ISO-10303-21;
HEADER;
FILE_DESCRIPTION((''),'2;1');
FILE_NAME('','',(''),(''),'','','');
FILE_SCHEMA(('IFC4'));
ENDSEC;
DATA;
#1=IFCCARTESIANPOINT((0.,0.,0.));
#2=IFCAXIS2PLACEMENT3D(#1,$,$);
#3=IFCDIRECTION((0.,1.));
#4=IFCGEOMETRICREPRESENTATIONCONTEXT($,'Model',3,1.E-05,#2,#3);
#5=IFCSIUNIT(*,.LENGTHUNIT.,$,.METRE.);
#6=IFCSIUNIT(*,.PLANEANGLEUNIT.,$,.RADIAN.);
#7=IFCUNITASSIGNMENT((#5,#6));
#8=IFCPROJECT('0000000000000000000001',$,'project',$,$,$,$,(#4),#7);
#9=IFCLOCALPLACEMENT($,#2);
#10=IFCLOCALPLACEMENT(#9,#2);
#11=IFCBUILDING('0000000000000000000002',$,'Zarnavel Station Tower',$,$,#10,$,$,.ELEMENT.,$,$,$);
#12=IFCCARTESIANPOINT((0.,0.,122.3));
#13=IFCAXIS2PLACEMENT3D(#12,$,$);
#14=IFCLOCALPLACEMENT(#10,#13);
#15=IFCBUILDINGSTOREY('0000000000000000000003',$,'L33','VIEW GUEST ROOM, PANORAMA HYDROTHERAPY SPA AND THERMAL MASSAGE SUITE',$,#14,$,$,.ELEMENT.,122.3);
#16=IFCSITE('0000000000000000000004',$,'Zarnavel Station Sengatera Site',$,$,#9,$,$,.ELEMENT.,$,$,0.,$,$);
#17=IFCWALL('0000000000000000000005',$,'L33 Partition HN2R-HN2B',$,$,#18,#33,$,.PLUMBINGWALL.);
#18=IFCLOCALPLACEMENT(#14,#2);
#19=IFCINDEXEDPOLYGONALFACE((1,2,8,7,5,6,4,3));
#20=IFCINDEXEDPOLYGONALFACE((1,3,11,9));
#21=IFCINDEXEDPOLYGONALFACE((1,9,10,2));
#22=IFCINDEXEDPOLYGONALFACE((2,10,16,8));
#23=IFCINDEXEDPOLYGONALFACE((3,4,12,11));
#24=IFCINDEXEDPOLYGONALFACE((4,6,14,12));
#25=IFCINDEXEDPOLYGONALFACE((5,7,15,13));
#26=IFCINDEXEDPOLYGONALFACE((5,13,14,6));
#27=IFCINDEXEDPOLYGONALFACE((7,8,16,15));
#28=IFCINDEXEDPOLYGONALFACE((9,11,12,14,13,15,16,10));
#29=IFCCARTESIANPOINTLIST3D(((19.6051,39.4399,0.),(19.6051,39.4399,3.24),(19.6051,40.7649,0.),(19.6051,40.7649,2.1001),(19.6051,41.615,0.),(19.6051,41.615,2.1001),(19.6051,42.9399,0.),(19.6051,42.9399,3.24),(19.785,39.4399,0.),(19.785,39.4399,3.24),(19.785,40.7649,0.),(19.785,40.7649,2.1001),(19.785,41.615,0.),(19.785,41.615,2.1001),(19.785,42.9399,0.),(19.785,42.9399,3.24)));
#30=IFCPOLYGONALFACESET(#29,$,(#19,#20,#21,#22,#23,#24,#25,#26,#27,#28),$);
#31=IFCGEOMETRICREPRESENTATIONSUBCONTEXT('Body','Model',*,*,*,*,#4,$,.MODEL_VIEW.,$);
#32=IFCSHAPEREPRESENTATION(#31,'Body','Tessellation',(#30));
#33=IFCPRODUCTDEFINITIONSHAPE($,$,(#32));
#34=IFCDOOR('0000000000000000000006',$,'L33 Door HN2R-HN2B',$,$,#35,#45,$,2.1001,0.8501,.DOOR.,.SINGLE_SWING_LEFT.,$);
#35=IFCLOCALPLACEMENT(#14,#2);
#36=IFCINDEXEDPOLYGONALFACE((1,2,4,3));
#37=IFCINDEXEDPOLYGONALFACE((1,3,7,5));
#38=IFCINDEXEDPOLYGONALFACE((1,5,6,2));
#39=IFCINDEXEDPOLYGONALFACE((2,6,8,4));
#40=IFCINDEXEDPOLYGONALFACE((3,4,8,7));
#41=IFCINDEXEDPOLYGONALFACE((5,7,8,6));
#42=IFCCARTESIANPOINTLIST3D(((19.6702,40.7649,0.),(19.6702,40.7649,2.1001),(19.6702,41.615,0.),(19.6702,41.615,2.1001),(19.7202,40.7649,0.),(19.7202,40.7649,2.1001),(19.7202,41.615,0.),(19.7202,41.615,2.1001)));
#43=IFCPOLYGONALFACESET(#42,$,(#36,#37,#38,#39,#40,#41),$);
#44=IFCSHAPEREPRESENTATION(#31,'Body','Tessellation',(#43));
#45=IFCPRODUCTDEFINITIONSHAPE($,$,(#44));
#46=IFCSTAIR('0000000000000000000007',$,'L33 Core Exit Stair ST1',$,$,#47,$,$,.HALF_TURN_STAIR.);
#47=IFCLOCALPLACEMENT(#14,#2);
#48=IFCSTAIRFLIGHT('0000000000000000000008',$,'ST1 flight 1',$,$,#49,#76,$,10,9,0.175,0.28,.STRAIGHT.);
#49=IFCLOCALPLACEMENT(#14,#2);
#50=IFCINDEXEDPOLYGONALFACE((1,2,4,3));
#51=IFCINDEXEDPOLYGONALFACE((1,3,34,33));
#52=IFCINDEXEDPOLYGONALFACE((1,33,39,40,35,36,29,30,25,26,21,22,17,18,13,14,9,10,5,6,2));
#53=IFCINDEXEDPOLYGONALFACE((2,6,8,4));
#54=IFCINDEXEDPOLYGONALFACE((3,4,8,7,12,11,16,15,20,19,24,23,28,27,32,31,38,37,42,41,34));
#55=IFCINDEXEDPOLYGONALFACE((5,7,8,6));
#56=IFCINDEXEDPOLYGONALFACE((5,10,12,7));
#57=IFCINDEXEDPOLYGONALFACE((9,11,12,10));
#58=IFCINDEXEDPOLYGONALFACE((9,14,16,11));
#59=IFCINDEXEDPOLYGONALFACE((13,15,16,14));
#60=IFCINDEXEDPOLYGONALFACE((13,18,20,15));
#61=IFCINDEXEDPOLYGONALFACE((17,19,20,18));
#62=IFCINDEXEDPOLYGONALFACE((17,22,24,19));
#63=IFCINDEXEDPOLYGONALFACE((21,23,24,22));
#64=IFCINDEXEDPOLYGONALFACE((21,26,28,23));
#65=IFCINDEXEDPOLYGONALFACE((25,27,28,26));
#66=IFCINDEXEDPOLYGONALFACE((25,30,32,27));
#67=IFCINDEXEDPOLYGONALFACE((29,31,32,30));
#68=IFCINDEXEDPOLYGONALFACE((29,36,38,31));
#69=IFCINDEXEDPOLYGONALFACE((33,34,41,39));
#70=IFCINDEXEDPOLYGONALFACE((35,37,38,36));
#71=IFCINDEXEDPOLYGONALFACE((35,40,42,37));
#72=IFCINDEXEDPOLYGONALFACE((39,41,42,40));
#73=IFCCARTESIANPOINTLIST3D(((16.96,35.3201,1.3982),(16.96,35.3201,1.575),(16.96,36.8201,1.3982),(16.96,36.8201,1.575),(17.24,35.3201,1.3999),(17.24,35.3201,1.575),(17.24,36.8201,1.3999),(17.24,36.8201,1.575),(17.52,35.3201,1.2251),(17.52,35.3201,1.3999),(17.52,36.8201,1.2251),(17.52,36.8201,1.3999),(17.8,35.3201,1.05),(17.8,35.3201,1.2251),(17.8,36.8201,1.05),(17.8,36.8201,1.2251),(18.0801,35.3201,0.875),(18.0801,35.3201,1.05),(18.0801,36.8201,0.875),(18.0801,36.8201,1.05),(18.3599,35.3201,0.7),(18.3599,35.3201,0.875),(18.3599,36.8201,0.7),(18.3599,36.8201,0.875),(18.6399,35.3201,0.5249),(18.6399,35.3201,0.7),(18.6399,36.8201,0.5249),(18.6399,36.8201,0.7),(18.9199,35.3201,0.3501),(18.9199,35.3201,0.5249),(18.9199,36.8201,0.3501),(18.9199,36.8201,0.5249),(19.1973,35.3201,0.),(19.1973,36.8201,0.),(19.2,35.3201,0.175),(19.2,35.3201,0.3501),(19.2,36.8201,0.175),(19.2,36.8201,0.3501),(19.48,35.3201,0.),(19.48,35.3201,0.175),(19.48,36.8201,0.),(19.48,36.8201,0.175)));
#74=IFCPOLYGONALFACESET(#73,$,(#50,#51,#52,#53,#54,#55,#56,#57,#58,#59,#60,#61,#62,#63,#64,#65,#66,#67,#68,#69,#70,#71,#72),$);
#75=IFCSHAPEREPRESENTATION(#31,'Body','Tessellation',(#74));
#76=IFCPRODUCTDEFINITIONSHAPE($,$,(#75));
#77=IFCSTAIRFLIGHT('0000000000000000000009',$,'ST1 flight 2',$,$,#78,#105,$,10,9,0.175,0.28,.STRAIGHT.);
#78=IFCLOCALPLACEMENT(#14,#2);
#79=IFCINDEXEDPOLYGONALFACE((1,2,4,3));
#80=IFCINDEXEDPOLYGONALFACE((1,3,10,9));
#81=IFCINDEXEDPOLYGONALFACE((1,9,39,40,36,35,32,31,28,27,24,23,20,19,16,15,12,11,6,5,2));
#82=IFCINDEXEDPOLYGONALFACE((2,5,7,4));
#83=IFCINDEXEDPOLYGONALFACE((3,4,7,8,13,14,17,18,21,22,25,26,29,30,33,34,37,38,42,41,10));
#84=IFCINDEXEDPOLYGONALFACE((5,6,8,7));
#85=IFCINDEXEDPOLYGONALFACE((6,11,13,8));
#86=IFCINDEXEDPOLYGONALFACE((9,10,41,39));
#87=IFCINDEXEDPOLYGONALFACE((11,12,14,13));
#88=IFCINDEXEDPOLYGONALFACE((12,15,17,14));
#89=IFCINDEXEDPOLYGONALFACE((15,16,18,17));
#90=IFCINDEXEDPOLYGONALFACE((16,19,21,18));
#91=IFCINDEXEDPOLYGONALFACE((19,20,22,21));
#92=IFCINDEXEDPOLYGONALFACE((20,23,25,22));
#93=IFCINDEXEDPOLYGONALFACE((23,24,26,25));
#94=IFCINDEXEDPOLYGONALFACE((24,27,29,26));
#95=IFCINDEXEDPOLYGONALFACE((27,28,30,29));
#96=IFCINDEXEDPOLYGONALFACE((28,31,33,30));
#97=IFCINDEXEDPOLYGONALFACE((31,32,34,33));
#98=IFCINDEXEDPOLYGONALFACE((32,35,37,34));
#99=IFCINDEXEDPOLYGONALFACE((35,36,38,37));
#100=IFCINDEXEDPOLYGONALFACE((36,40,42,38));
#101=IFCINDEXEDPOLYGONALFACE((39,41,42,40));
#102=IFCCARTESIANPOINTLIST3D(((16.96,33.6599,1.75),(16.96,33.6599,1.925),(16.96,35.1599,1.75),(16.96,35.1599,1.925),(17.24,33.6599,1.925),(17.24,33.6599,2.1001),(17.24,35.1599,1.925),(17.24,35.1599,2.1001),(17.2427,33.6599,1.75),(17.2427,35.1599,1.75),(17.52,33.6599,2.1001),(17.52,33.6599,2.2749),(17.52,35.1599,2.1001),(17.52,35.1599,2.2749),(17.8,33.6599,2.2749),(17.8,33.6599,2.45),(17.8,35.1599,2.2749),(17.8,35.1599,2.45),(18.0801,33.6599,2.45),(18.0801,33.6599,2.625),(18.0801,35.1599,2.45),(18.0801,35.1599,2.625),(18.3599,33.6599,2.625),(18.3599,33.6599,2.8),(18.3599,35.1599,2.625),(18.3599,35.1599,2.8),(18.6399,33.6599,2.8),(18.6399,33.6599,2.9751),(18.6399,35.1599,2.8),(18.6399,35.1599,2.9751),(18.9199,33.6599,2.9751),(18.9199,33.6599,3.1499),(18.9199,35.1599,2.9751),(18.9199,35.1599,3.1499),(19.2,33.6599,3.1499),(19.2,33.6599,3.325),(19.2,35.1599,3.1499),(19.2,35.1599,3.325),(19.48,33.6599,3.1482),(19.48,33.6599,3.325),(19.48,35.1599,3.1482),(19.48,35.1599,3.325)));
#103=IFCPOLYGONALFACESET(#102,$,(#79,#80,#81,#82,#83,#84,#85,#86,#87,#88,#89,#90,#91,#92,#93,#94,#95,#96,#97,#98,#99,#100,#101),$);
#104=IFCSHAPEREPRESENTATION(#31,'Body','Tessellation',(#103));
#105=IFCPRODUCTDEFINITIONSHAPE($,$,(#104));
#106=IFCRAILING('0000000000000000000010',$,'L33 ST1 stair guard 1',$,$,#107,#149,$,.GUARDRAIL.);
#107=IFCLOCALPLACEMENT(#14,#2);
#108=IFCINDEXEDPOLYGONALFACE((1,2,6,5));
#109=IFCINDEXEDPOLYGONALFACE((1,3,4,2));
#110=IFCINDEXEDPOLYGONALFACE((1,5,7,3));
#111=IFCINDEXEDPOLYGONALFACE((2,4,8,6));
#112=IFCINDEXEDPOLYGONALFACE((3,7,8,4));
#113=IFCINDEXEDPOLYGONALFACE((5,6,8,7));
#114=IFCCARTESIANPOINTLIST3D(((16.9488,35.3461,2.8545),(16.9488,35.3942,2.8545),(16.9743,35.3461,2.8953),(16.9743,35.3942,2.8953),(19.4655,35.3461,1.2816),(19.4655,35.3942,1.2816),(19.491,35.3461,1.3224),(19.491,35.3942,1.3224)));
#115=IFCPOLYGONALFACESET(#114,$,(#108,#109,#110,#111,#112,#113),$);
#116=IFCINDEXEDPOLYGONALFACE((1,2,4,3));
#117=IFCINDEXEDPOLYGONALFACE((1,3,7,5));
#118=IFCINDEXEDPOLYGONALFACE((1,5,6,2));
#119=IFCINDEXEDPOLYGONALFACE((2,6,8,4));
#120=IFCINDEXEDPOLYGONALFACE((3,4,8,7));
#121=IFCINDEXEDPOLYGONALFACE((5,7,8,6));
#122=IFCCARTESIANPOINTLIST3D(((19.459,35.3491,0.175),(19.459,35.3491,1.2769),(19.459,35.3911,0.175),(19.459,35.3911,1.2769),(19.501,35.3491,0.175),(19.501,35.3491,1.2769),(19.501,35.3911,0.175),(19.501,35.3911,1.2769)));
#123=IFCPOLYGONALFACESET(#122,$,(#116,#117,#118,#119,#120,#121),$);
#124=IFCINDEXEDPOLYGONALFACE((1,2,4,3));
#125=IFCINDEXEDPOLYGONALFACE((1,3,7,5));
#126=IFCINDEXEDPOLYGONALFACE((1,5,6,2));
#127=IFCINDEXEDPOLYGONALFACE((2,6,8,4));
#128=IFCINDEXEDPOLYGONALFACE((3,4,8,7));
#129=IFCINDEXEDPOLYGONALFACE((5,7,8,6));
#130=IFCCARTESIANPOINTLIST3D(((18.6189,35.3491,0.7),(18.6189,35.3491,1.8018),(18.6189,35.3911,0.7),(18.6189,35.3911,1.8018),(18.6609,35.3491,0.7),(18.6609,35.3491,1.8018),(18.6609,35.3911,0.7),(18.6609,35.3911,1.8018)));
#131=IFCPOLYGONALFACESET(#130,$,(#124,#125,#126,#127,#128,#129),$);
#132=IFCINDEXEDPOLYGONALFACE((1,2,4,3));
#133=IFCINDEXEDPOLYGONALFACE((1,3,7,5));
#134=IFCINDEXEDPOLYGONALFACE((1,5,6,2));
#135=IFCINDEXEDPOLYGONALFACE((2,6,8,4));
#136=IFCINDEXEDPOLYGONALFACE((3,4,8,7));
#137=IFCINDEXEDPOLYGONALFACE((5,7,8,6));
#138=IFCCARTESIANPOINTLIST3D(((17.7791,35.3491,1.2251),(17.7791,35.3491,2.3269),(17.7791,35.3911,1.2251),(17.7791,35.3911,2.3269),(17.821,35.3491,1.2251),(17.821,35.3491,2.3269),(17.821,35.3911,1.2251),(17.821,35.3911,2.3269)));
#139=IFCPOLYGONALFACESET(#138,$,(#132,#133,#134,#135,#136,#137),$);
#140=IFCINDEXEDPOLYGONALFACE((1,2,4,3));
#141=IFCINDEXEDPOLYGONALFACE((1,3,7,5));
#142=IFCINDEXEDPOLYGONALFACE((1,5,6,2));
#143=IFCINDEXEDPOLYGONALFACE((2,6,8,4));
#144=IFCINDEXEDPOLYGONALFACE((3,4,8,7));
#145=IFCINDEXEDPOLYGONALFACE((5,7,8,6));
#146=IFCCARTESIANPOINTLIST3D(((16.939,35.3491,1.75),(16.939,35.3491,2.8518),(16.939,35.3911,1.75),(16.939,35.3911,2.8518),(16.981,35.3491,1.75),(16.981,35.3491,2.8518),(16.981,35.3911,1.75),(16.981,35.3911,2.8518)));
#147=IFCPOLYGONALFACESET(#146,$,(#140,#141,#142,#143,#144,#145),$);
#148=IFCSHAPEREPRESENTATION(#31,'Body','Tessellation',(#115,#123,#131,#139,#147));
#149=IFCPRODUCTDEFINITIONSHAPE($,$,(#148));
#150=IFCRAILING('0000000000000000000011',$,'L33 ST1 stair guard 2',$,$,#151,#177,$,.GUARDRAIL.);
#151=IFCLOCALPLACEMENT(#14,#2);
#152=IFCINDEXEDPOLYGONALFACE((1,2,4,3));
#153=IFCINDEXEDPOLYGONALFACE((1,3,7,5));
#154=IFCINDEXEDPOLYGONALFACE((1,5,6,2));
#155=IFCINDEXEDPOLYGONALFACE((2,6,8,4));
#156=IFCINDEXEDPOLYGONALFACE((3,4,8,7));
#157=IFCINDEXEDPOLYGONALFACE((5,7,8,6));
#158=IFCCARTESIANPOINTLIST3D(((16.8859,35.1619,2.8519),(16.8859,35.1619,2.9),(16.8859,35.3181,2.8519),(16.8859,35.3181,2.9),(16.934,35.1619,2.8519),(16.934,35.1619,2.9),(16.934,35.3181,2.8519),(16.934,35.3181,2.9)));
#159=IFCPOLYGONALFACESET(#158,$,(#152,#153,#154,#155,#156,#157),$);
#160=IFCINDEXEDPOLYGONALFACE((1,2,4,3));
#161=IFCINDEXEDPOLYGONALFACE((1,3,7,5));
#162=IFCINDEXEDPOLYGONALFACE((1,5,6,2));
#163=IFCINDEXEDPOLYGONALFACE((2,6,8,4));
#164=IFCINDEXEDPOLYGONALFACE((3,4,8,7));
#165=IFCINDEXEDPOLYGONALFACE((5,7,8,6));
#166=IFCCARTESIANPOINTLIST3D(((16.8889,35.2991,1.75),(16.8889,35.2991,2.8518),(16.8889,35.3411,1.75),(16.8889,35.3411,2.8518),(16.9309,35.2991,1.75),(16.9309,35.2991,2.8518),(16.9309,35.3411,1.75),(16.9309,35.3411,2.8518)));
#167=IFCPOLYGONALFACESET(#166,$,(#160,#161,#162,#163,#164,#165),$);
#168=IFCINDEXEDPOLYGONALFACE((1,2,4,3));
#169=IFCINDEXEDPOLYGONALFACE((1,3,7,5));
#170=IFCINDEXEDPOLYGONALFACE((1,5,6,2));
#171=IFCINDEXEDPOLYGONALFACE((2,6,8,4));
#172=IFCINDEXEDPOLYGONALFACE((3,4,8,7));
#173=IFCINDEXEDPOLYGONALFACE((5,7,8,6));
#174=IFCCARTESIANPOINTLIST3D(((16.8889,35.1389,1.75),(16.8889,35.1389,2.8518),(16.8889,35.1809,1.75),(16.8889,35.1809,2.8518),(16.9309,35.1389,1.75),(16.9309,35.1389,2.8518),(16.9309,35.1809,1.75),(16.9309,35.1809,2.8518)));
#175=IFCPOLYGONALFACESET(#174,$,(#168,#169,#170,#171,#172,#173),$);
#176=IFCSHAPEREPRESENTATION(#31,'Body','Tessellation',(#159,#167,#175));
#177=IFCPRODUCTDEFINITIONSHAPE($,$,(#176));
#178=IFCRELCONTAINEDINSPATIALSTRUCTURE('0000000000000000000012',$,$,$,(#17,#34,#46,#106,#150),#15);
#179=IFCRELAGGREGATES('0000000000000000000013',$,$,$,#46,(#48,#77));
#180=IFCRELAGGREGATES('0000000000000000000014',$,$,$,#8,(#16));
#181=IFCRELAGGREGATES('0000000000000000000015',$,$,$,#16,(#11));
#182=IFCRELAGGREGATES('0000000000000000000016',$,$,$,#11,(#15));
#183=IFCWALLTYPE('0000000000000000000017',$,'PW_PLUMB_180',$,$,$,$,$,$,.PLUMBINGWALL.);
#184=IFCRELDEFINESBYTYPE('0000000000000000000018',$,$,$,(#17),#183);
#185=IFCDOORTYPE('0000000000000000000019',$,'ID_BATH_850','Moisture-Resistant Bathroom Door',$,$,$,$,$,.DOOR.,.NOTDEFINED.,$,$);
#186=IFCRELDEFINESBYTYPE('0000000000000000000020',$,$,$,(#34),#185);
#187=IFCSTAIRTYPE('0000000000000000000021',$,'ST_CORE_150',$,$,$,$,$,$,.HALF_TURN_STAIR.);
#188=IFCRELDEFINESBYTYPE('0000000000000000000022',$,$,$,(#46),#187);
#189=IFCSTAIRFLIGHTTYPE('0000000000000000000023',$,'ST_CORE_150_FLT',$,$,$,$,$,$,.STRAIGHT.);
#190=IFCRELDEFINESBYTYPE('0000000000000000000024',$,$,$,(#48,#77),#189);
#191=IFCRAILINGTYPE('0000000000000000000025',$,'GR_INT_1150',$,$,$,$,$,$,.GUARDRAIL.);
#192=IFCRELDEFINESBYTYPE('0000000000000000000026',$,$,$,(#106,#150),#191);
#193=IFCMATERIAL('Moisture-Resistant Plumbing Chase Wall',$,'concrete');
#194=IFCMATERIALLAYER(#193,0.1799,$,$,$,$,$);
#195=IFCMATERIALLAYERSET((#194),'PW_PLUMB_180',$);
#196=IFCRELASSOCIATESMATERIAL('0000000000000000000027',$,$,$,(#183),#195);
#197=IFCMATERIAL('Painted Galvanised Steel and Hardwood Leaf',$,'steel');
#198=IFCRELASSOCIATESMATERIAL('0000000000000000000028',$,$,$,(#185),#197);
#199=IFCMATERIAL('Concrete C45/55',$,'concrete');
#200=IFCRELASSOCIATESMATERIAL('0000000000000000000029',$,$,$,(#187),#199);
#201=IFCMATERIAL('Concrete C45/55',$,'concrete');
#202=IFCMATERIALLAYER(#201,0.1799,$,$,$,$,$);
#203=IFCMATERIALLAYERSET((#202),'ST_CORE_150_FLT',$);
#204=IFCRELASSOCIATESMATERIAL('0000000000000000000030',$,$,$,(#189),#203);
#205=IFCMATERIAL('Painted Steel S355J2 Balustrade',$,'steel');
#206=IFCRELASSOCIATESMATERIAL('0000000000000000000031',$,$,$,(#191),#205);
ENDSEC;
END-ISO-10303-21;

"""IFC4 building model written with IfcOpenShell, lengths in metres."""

from ifc_helpers import new_model, si_unit, direction, frame, frame_2d, origin, origin_2d, place, context, subcontext, project, spatial, polyline, rectangle, outline, extrude, material, layer, layer_set, type_object, element, fill, aggregate, save


model = new_model("IFC4")

# Units and contexts
model_context = context("Model", 3, precision=1e-05, world=origin(), true_north=direction((0.0, 1.0)))
body_context = subcontext(model_context, "Body", "Model", "MODEL_VIEW")
ifc_project = project(units=[si_unit("LENGTHUNIT", "METRE"), si_unit("PLANEANGLEUNIT", "RADIAN")], contexts=[model_context])

# Site, building, storey
site_placement = place(None, origin())
site = spatial("IfcSite", under=ifc_project, at=site_placement, Name="Zarnavel Station Sengatera Site", CompositionType="ELEMENT", RefElevation=0.0)
building_placement = place(site_placement, origin())
building = spatial("IfcBuilding", under=site, at=building_placement, Name="Zarnavel Station Tower", CompositionType="ELEMENT")
storey_placement = place(building_placement, frame((0.0, 0.0, 122.3)))
storey = spatial("IfcBuildingStorey", under=building, at=storey_placement, Name="L33", Description="VIEW GUEST ROOM, PANORAMA HYDROTHERAPY SPA AND THERMAL MASSAGE SUITE", CompositionType="ELEMENT", Elevation=122.3)

# Shared definitions
ifc_material_1 = material(Name="Moisture-Resistant Plumbing Chase Wall", Category="concrete")
ifc_layer_1 = layer(ifc_material_1, 0.1799)
ifc_layer_set_1 = layer_set([ifc_layer_1], Name="PW_PLUMB_180")
wall_type_1 = type_object("IfcWallType", Name="PW_PLUMB_180", PredefinedType="PLUMBINGWALL", material=ifc_layer_set_1)

# Shared definitions
ifc_material_2 = material(Name="Painted Galvanised Steel and Hardwood Leaf", Category="steel")
door_type_1 = type_object("IfcDoorType", Name="ID_BATH_850", Description="Moisture-Resistant Bathroom Door", OperationType="NOTDEFINED", PredefinedType="DOOR", material=ifc_material_2)

# Wall, opening, door
wall_1_placement = place(storey_placement, frame((19.6951, 39.4399, 0.0), z_axis=(0.0, 0.0, 1.0), x_axis=(0.0, 1.0, 0.0)))
wall_1 = element("IfcWall", 1, at=wall_1_placement, inside=storey, type_object=wall_type_1, Name="L33 Partition HN2R-HN2B", PredefinedType="PLUMBINGWALL", context=body_context, shape_type="SweptSolid", body=[
    extrude(rectangle(XDim=3.5, YDim=0.1799, at=frame_2d((1.75, 0.0))), origin(), (0.0, 0.0, 1.0), 3.24),
])
opening_1_placement = place(wall_1_placement, frame((1.325, 0.0, 0.0)))
opening_1 = element("IfcOpeningElement", 2, at=opening_1_placement, cuts=wall_1, PredefinedType="OPENING", context=body_context, shape_type="SweptSolid", body=[
    extrude(rectangle(XDim=0.8501, YDim=2.1001, at=frame_2d((0.425, 1.05))), frame((0.0, 0.0999, 0.0), z_axis=(0.0, -1.0, 0.0), x_axis=(1.0, 0.0, 0.0)), (0.0, 0.0, 1.0), 0.2),
])
door_1_placement = place(opening_1_placement, origin())
door_1 = element("IfcDoor", 3, at=door_1_placement, inside=storey, type_object=door_type_1, Name="L33 Door HN2R-HN2B", OperationType="SINGLE_SWING_LEFT", OverallHeight=2.1001, OverallWidth=0.8501, PredefinedType="DOOR", context=body_context, shape_type="SweptSolid", body=[
    extrude(rectangle(XDim=0.8501, YDim=2.1001, at=frame_2d((0.425, 1.05))), frame((0.0, 0.0249, 0.0), z_axis=(0.0, -1.0, 0.0), x_axis=(1.0, 0.0, 0.0)), (0.0, 0.0, 1.0), 0.05),
])
fill(opening_1, door_1)

# Stair, stair flights
ifc_material_3 = material(Name="Concrete C45/55", Category="concrete")
stair_type = type_object("IfcStairType", Name="ST_CORE_150", PredefinedType="HALF_TURN_STAIR", material=ifc_material_3)
stair_placement = place(storey_placement, origin())
stair = element("IfcStair", 4, at=stair_placement, inside=storey, type_object=stair_type, Name="L33 Core Exit Stair ST1", PredefinedType="HALF_TURN_STAIR")
ifc_material_4 = material(Name="Concrete C45/55", Category="concrete")
ifc_layer_2 = layer(ifc_material_4, 0.1799)
ifc_layer_set_2 = layer_set([ifc_layer_2], Name="ST_CORE_150_FLT")
stair_flight_type = type_object("IfcStairFlightType", Name="ST_CORE_150_FLT", PredefinedType="STRAIGHT", material=ifc_layer_set_2)
stair_flight_1_placement = place(storey_placement, frame((19.48, 36.0701, 0.0), z_axis=(0.0, 0.0, 1.0), x_axis=(-1.0, 0.0, 0.0)))
stair_flight_1 = element("IfcStairFlight", 5, at=stair_flight_1_placement, type_object=stair_flight_type, Name="ST1 flight 1", NumberOfRisers=10, NumberOfTreads=9, PredefinedType="STRAIGHT", RiserHeight=0.175, TreadLength=0.28, context=body_context, shape_type="SweptSolid", body=[
    extrude(outline(polyline([(0.0, 0.0), (0.0, 0.175), (0.28, 0.175), (0.28, 0.3501), (0.5601, 0.3501), (0.5601, 0.5249), (0.8401, 0.5249), (0.8401, 0.7), (1.1201, 0.7), (1.1201, 0.875), (1.3999, 0.875), (1.3999, 1.05), (1.6799, 1.05), (1.6799, 1.2251), (1.96, 1.2251), (1.96, 1.3999), (2.24, 1.3999), (2.24, 1.575), (2.52, 1.575), (2.52, 1.75), (2.52, 1.3982), (0.2827, 0.0), (0.0, 0.0)])), frame((0.0, 0.75, 0.0), z_axis=(0.0, -1.0, 0.0), x_axis=(1.0, 0.0, 0.0)), (0.0, 0.0, 1.0), 1.5),
])
stair_flight_2_placement = place(storey_placement, frame((16.96, 34.4099, 1.75), z_axis=(0.0, 0.0, 1.0), x_axis=(1.0, 0.0, 0.0)))
stair_flight_2 = element("IfcStairFlight", 6, at=stair_flight_2_placement, type_object=stair_flight_type, Name="ST1 flight 2", NumberOfRisers=10, NumberOfTreads=9, PredefinedType="STRAIGHT", RiserHeight=0.175, TreadLength=0.28, context=body_context, shape_type="SweptSolid", body=[
    extrude(outline(polyline([(0.0, 0.0), (0.0, 0.175), (0.28, 0.175), (0.28, 0.3501), (0.5601, 0.3501), (0.5601, 0.5249), (0.8401, 0.5249), (0.8401, 0.7), (1.1201, 0.7), (1.1201, 0.875), (1.3999, 0.875), (1.3999, 1.05), (1.6799, 1.05), (1.6799, 1.2251), (1.96, 1.2251), (1.96, 1.3999), (2.24, 1.3999), (2.24, 1.575), (2.52, 1.575), (2.52, 1.75), (2.52, 1.3982), (0.2827, 0.0), (0.0, 0.0)])), frame((0.0, 0.75, 0.0), z_axis=(0.0, -1.0, 0.0), x_axis=(1.0, 0.0, 0.0)), (0.0, 0.0, 1.0), 1.5),
])
aggregate(stair, [stair_flight_1, stair_flight_2])

# Railings
ifc_material_5 = material(Name="Painted Steel S355J2 Balustrade", Category="steel")
railing_type_1 = type_object("IfcRailingType", Name="GR_INT_1150", PredefinedType="GUARDRAIL", material=ifc_material_5)
railing_1_placement = place(storey_placement, frame((19.48, 35.3701, 0.175)))
element("IfcRailing", 7, at=railing_1_placement, inside=storey, type_object=railing_type_1, Name="L33 ST1 stair guard 1", PredefinedType="GUARDRAIL", context=body_context, shape_type="SweptSolid", body=[
    extrude(rectangle(XDim=0.0481, YDim=0.0481, at=origin_2d()), frame((-0.0017, 0.0, 1.127), z_axis=(-0.848008, 0.0, 0.529984), x_axis=(0.0, -1.0, 0.0)), (0.0, 0.0, 1.0), 2.9678),
    extrude(rectangle(XDim=0.042, YDim=0.042, at=origin_2d()), origin(), (0.0, 0.0, 1.0), 1.1018),
    extrude(rectangle(XDim=0.042, YDim=0.042, at=origin_2d()), frame((-0.8401, 0.0, 0.5249)), (0.0, 0.0, 1.0), 1.1018),
    extrude(rectangle(XDim=0.042, YDim=0.042, at=origin_2d()), frame((-1.6799, 0.0, 1.05)), (0.0, 0.0, 1.0), 1.1018),
    extrude(rectangle(XDim=0.042, YDim=0.042, at=origin_2d()), frame((-2.52, 0.0, 1.575)), (0.0, 0.0, 1.0), 1.1018),
])
railing_2_placement = place(storey_placement, frame((16.9099, 35.3201, 1.75)))
element("IfcRailing", 8, at=railing_2_placement, inside=storey, type_object=railing_type_1, Name="L33 ST1 stair guard 2", PredefinedType="GUARDRAIL", context=body_context, shape_type="SweptSolid", body=[
    extrude(rectangle(XDim=0.0481, YDim=0.0481, at=origin_2d()), frame((0.0, -0.002, 1.126), z_axis=(0.0, -1.0, 0.0), x_axis=(1.0, 0.0, 0.0)), (0.0, 0.0, 1.0), 0.1562),
    extrude(rectangle(XDim=0.042, YDim=0.042, at=origin_2d()), origin(), (0.0, 0.0, 1.0), 1.1018),
    extrude(rectangle(XDim=0.042, YDim=0.042, at=origin_2d()), frame((0.0, -0.1602, 0.0)), (0.0, 0.0, 1.0), 1.1018),
])

save(model, "model.ifc")
